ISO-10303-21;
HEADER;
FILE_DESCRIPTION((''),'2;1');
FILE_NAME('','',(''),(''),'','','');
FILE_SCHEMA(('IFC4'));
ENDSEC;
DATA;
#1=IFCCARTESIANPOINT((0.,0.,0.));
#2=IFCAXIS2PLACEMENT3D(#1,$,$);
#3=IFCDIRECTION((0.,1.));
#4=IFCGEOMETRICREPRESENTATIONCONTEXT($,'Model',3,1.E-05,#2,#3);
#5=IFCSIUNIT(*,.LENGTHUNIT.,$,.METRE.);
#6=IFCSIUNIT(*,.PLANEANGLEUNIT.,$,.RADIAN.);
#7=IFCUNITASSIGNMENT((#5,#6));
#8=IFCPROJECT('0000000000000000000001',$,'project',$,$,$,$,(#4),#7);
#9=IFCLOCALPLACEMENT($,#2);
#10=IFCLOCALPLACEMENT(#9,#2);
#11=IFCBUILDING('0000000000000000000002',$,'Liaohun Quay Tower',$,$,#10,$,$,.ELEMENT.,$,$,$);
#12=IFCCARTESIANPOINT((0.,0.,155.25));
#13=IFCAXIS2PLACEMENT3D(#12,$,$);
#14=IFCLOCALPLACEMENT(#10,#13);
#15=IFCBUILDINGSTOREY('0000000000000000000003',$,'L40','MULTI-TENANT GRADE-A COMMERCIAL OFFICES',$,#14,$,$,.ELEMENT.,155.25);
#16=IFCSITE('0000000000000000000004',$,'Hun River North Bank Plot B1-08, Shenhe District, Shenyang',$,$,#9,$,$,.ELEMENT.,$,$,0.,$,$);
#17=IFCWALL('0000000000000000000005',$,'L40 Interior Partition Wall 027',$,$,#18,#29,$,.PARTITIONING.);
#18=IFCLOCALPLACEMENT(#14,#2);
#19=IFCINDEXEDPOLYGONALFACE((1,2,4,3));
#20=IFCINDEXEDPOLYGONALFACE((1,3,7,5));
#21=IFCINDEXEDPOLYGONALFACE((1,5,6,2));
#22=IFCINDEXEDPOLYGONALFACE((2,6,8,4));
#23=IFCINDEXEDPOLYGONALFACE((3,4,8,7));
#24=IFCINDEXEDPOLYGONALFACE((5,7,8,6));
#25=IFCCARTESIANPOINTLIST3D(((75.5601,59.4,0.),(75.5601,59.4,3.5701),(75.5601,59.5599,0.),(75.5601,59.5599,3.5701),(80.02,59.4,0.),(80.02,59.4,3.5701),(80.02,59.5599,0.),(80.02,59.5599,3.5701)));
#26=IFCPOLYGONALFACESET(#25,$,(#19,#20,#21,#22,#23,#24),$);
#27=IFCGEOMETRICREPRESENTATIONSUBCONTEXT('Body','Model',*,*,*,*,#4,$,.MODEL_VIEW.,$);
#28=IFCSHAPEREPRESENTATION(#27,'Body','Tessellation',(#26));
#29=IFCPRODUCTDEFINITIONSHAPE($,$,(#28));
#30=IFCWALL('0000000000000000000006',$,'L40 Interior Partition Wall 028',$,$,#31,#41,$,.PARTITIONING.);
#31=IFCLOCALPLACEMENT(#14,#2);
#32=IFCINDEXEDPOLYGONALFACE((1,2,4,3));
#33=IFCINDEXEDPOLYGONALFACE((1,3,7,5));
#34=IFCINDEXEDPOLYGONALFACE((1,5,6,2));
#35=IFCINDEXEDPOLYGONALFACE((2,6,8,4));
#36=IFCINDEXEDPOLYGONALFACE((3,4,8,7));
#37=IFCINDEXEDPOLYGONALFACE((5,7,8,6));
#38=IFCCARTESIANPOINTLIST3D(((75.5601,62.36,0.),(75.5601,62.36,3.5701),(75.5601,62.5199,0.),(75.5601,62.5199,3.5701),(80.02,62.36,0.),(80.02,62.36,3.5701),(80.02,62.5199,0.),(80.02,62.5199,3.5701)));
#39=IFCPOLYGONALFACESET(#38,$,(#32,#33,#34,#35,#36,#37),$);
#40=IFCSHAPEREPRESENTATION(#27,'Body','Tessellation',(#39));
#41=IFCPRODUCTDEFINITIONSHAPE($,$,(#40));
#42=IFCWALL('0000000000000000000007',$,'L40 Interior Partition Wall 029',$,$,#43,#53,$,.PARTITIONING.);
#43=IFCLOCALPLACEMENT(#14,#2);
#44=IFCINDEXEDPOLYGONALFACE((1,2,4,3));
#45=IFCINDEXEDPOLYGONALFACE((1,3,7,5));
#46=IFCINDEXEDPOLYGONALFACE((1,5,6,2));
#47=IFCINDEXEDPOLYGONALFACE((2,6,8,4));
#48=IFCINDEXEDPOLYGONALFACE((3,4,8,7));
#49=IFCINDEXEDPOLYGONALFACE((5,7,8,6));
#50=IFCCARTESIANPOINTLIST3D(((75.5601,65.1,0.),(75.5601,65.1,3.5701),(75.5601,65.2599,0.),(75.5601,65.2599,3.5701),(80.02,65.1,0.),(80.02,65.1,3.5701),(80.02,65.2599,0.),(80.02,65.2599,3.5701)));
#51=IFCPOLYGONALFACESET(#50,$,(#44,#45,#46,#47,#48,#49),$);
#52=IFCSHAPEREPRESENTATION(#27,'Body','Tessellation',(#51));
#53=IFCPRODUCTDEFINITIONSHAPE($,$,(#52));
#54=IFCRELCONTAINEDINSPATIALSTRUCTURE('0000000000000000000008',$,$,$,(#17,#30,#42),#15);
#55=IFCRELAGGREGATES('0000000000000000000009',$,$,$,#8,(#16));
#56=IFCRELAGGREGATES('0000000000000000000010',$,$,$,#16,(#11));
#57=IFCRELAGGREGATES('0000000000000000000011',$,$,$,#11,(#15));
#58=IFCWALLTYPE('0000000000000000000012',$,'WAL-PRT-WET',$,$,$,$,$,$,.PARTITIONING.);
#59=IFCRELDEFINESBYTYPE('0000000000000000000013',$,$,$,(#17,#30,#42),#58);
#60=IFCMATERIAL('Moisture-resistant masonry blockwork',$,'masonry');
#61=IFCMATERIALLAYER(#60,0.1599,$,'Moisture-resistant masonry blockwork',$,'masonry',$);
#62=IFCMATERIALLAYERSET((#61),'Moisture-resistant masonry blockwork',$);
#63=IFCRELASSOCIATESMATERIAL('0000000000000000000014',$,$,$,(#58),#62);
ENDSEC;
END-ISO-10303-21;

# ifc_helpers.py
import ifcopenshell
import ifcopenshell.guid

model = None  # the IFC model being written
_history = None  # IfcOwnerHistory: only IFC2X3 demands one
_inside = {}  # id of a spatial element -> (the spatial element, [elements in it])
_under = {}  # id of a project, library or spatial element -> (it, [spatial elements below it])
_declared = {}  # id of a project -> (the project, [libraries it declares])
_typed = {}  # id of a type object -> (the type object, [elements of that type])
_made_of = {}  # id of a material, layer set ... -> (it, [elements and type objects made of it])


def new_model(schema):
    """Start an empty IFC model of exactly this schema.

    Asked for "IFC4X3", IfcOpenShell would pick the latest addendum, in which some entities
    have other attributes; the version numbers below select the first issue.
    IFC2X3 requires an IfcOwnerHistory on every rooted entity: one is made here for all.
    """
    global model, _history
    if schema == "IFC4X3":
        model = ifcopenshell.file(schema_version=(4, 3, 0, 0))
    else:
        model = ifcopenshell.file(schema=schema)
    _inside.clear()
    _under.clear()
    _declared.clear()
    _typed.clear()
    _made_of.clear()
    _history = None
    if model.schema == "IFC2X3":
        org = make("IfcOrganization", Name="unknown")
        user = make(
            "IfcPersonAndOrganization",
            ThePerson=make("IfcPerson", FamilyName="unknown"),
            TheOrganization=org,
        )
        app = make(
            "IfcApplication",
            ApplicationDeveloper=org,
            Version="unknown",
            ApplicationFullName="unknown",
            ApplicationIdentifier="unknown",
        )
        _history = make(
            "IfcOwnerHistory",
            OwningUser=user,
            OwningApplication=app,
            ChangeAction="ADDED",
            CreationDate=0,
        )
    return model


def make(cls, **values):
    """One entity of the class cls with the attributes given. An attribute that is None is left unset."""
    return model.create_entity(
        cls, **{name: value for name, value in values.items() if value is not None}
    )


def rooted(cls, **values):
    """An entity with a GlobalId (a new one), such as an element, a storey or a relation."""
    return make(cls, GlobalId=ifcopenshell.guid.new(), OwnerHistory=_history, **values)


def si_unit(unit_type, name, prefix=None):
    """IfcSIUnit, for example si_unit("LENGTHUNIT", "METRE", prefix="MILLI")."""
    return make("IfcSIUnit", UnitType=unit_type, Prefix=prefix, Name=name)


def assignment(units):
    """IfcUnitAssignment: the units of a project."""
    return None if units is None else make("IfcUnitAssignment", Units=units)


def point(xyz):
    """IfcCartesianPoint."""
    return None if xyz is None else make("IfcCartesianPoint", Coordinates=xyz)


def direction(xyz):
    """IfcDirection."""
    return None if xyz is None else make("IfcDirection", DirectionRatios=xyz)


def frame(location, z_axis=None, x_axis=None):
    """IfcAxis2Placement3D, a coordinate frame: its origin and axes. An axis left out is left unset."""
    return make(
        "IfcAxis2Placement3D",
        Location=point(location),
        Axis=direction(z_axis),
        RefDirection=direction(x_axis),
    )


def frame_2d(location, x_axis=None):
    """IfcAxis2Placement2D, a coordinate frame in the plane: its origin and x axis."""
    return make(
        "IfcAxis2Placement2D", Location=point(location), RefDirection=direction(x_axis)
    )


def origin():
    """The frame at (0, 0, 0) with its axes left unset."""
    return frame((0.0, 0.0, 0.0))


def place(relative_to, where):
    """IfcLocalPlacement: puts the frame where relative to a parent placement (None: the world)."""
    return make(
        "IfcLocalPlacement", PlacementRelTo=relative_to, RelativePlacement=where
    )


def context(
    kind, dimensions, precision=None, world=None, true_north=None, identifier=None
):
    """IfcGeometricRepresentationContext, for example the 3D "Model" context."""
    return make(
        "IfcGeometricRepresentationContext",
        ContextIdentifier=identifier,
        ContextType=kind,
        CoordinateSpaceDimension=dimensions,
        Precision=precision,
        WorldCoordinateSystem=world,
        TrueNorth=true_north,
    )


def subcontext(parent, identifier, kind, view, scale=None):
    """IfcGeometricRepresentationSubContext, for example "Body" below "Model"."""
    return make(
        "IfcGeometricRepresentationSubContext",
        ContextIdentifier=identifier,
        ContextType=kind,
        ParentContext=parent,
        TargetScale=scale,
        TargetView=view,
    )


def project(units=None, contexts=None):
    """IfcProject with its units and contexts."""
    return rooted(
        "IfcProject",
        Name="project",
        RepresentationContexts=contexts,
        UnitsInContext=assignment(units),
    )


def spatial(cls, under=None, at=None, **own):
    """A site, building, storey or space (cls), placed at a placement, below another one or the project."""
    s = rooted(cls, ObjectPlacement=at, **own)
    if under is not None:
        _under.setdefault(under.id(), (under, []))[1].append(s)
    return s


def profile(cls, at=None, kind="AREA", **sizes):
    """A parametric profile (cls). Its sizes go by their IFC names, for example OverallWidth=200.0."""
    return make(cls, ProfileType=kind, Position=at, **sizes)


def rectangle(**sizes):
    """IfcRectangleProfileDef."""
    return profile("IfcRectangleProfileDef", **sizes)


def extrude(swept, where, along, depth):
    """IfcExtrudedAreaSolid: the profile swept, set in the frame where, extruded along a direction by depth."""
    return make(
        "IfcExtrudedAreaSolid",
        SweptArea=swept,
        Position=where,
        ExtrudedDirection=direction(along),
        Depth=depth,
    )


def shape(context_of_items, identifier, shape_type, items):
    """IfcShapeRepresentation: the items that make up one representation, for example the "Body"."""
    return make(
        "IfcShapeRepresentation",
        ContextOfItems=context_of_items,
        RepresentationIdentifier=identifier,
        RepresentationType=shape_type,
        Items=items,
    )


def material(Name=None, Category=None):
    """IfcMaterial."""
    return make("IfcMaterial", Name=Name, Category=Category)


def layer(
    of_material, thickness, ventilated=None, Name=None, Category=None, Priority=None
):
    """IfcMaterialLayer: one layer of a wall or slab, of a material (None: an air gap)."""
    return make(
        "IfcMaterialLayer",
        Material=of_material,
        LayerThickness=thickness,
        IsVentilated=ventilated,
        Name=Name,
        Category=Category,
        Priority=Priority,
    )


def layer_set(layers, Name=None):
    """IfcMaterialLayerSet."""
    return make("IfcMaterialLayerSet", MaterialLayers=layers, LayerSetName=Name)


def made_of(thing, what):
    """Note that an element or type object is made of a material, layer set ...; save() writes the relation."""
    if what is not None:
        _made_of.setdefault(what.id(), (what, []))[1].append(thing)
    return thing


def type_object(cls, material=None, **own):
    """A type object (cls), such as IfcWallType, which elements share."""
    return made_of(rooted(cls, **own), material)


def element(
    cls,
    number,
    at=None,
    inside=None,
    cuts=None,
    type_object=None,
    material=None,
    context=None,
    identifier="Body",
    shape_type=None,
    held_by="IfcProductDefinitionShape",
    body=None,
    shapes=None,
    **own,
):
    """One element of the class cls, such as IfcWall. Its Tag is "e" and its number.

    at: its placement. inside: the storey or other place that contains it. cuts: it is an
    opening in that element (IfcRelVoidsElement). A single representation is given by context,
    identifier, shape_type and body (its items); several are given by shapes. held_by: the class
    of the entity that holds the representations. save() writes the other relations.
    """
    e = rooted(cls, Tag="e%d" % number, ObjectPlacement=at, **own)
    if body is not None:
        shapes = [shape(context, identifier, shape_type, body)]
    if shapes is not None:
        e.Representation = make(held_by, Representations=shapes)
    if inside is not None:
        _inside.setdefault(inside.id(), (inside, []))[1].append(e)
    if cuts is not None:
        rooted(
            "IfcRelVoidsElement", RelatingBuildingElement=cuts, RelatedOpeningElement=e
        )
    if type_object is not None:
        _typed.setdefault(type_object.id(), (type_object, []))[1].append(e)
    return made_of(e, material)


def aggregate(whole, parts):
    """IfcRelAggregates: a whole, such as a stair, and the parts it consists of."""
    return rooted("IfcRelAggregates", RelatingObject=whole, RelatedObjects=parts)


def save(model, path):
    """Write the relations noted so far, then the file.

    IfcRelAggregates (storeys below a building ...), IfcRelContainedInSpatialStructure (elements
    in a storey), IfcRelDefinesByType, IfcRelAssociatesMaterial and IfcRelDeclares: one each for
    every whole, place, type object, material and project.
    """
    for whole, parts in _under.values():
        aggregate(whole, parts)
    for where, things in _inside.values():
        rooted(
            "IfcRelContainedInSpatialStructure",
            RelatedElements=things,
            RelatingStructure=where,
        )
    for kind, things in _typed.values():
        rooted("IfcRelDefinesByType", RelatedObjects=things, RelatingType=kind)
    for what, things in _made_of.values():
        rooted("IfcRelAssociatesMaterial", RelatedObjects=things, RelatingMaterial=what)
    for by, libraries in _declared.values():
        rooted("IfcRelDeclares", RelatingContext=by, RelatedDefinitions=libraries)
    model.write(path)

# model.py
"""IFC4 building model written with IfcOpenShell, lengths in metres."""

from ifc_helpers import new_model, si_unit, direction, frame, frame_2d, origin, place, context, subcontext, project, spatial, rectangle, extrude, material, layer, layer_set, type_object, element, save


model = new_model("IFC4")

# Units and contexts
model_context = context("Model", 3, precision=1e-05, world=origin(), true_north=direction((0.0, 1.0)))
body_context = subcontext(model_context, "Body", "Model", "MODEL_VIEW")
ifc_project = project(units=[si_unit("LENGTHUNIT", "METRE"), si_unit("PLANEANGLEUNIT", "RADIAN")], contexts=[model_context])

# Site, building, storey
site_placement = place(None, origin())
site = spatial("IfcSite", under=ifc_project, at=site_placement, Name="Hun River North Bank Plot B1-08, Shenhe District, Shenyang", CompositionType="ELEMENT", RefElevation=0.0)
building_placement = place(site_placement, origin())
building = spatial("IfcBuilding", under=site, at=building_placement, Name="Liaohun Quay Tower", CompositionType="ELEMENT")
storey_placement = place(building_placement, frame((0.0, 0.0, 155.25)))
storey = spatial("IfcBuildingStorey", under=building, at=storey_placement, Name="L40", Description="MULTI-TENANT GRADE-A COMMERCIAL OFFICES", CompositionType="ELEMENT", Elevation=155.25)

# Shared definitions
ifc_material_1 = material(Name="Moisture-resistant masonry blockwork", Category="masonry")
ifc_layer_1 = layer(ifc_material_1, 0.1599, Name="Moisture-resistant masonry blockwork", Category="masonry")
ifc_layer_set_1 = layer_set([ifc_layer_1], Name="Moisture-resistant masonry blockwork")
wall_type_1 = type_object("IfcWallType", Name="WAL-PRT-WET", PredefinedType="PARTITIONING", material=ifc_layer_set_1)

# Walls
for number, where, z_axis, x_axis, name in (
    (1, (75.5601, 59.48, 0.0), (0.0, 0.0, 1.0), (1.0, 0.0, 0.0), "L40 Interior Partition Wall 027"),
    (2, (75.5601, 62.4399, 0.0), (0.0, 0.0, 1.0), (1.0, 0.0, 0.0), "L40 Interior Partition Wall 028"),
    (3, (75.5601, 65.1799, 0.0), (0.0, 0.0, 1.0), (1.0, 0.0, 0.0), "L40 Interior Partition Wall 029"),
):
    element("IfcWall", number, at=place(storey_placement, frame(where, z_axis=z_axis, x_axis=x_axis)), inside=storey, type_object=wall_type_1, Name=name, PredefinedType="PARTITIONING", context=body_context, shape_type="SweptSolid", body=[
        extrude(rectangle(XDim=4.46, YDim=0.1599, at=frame_2d((2.23, 0.0))), origin(), (0.0, 0.0, 1.0), 3.5701),
    ])

save(model, "model.ifc")
